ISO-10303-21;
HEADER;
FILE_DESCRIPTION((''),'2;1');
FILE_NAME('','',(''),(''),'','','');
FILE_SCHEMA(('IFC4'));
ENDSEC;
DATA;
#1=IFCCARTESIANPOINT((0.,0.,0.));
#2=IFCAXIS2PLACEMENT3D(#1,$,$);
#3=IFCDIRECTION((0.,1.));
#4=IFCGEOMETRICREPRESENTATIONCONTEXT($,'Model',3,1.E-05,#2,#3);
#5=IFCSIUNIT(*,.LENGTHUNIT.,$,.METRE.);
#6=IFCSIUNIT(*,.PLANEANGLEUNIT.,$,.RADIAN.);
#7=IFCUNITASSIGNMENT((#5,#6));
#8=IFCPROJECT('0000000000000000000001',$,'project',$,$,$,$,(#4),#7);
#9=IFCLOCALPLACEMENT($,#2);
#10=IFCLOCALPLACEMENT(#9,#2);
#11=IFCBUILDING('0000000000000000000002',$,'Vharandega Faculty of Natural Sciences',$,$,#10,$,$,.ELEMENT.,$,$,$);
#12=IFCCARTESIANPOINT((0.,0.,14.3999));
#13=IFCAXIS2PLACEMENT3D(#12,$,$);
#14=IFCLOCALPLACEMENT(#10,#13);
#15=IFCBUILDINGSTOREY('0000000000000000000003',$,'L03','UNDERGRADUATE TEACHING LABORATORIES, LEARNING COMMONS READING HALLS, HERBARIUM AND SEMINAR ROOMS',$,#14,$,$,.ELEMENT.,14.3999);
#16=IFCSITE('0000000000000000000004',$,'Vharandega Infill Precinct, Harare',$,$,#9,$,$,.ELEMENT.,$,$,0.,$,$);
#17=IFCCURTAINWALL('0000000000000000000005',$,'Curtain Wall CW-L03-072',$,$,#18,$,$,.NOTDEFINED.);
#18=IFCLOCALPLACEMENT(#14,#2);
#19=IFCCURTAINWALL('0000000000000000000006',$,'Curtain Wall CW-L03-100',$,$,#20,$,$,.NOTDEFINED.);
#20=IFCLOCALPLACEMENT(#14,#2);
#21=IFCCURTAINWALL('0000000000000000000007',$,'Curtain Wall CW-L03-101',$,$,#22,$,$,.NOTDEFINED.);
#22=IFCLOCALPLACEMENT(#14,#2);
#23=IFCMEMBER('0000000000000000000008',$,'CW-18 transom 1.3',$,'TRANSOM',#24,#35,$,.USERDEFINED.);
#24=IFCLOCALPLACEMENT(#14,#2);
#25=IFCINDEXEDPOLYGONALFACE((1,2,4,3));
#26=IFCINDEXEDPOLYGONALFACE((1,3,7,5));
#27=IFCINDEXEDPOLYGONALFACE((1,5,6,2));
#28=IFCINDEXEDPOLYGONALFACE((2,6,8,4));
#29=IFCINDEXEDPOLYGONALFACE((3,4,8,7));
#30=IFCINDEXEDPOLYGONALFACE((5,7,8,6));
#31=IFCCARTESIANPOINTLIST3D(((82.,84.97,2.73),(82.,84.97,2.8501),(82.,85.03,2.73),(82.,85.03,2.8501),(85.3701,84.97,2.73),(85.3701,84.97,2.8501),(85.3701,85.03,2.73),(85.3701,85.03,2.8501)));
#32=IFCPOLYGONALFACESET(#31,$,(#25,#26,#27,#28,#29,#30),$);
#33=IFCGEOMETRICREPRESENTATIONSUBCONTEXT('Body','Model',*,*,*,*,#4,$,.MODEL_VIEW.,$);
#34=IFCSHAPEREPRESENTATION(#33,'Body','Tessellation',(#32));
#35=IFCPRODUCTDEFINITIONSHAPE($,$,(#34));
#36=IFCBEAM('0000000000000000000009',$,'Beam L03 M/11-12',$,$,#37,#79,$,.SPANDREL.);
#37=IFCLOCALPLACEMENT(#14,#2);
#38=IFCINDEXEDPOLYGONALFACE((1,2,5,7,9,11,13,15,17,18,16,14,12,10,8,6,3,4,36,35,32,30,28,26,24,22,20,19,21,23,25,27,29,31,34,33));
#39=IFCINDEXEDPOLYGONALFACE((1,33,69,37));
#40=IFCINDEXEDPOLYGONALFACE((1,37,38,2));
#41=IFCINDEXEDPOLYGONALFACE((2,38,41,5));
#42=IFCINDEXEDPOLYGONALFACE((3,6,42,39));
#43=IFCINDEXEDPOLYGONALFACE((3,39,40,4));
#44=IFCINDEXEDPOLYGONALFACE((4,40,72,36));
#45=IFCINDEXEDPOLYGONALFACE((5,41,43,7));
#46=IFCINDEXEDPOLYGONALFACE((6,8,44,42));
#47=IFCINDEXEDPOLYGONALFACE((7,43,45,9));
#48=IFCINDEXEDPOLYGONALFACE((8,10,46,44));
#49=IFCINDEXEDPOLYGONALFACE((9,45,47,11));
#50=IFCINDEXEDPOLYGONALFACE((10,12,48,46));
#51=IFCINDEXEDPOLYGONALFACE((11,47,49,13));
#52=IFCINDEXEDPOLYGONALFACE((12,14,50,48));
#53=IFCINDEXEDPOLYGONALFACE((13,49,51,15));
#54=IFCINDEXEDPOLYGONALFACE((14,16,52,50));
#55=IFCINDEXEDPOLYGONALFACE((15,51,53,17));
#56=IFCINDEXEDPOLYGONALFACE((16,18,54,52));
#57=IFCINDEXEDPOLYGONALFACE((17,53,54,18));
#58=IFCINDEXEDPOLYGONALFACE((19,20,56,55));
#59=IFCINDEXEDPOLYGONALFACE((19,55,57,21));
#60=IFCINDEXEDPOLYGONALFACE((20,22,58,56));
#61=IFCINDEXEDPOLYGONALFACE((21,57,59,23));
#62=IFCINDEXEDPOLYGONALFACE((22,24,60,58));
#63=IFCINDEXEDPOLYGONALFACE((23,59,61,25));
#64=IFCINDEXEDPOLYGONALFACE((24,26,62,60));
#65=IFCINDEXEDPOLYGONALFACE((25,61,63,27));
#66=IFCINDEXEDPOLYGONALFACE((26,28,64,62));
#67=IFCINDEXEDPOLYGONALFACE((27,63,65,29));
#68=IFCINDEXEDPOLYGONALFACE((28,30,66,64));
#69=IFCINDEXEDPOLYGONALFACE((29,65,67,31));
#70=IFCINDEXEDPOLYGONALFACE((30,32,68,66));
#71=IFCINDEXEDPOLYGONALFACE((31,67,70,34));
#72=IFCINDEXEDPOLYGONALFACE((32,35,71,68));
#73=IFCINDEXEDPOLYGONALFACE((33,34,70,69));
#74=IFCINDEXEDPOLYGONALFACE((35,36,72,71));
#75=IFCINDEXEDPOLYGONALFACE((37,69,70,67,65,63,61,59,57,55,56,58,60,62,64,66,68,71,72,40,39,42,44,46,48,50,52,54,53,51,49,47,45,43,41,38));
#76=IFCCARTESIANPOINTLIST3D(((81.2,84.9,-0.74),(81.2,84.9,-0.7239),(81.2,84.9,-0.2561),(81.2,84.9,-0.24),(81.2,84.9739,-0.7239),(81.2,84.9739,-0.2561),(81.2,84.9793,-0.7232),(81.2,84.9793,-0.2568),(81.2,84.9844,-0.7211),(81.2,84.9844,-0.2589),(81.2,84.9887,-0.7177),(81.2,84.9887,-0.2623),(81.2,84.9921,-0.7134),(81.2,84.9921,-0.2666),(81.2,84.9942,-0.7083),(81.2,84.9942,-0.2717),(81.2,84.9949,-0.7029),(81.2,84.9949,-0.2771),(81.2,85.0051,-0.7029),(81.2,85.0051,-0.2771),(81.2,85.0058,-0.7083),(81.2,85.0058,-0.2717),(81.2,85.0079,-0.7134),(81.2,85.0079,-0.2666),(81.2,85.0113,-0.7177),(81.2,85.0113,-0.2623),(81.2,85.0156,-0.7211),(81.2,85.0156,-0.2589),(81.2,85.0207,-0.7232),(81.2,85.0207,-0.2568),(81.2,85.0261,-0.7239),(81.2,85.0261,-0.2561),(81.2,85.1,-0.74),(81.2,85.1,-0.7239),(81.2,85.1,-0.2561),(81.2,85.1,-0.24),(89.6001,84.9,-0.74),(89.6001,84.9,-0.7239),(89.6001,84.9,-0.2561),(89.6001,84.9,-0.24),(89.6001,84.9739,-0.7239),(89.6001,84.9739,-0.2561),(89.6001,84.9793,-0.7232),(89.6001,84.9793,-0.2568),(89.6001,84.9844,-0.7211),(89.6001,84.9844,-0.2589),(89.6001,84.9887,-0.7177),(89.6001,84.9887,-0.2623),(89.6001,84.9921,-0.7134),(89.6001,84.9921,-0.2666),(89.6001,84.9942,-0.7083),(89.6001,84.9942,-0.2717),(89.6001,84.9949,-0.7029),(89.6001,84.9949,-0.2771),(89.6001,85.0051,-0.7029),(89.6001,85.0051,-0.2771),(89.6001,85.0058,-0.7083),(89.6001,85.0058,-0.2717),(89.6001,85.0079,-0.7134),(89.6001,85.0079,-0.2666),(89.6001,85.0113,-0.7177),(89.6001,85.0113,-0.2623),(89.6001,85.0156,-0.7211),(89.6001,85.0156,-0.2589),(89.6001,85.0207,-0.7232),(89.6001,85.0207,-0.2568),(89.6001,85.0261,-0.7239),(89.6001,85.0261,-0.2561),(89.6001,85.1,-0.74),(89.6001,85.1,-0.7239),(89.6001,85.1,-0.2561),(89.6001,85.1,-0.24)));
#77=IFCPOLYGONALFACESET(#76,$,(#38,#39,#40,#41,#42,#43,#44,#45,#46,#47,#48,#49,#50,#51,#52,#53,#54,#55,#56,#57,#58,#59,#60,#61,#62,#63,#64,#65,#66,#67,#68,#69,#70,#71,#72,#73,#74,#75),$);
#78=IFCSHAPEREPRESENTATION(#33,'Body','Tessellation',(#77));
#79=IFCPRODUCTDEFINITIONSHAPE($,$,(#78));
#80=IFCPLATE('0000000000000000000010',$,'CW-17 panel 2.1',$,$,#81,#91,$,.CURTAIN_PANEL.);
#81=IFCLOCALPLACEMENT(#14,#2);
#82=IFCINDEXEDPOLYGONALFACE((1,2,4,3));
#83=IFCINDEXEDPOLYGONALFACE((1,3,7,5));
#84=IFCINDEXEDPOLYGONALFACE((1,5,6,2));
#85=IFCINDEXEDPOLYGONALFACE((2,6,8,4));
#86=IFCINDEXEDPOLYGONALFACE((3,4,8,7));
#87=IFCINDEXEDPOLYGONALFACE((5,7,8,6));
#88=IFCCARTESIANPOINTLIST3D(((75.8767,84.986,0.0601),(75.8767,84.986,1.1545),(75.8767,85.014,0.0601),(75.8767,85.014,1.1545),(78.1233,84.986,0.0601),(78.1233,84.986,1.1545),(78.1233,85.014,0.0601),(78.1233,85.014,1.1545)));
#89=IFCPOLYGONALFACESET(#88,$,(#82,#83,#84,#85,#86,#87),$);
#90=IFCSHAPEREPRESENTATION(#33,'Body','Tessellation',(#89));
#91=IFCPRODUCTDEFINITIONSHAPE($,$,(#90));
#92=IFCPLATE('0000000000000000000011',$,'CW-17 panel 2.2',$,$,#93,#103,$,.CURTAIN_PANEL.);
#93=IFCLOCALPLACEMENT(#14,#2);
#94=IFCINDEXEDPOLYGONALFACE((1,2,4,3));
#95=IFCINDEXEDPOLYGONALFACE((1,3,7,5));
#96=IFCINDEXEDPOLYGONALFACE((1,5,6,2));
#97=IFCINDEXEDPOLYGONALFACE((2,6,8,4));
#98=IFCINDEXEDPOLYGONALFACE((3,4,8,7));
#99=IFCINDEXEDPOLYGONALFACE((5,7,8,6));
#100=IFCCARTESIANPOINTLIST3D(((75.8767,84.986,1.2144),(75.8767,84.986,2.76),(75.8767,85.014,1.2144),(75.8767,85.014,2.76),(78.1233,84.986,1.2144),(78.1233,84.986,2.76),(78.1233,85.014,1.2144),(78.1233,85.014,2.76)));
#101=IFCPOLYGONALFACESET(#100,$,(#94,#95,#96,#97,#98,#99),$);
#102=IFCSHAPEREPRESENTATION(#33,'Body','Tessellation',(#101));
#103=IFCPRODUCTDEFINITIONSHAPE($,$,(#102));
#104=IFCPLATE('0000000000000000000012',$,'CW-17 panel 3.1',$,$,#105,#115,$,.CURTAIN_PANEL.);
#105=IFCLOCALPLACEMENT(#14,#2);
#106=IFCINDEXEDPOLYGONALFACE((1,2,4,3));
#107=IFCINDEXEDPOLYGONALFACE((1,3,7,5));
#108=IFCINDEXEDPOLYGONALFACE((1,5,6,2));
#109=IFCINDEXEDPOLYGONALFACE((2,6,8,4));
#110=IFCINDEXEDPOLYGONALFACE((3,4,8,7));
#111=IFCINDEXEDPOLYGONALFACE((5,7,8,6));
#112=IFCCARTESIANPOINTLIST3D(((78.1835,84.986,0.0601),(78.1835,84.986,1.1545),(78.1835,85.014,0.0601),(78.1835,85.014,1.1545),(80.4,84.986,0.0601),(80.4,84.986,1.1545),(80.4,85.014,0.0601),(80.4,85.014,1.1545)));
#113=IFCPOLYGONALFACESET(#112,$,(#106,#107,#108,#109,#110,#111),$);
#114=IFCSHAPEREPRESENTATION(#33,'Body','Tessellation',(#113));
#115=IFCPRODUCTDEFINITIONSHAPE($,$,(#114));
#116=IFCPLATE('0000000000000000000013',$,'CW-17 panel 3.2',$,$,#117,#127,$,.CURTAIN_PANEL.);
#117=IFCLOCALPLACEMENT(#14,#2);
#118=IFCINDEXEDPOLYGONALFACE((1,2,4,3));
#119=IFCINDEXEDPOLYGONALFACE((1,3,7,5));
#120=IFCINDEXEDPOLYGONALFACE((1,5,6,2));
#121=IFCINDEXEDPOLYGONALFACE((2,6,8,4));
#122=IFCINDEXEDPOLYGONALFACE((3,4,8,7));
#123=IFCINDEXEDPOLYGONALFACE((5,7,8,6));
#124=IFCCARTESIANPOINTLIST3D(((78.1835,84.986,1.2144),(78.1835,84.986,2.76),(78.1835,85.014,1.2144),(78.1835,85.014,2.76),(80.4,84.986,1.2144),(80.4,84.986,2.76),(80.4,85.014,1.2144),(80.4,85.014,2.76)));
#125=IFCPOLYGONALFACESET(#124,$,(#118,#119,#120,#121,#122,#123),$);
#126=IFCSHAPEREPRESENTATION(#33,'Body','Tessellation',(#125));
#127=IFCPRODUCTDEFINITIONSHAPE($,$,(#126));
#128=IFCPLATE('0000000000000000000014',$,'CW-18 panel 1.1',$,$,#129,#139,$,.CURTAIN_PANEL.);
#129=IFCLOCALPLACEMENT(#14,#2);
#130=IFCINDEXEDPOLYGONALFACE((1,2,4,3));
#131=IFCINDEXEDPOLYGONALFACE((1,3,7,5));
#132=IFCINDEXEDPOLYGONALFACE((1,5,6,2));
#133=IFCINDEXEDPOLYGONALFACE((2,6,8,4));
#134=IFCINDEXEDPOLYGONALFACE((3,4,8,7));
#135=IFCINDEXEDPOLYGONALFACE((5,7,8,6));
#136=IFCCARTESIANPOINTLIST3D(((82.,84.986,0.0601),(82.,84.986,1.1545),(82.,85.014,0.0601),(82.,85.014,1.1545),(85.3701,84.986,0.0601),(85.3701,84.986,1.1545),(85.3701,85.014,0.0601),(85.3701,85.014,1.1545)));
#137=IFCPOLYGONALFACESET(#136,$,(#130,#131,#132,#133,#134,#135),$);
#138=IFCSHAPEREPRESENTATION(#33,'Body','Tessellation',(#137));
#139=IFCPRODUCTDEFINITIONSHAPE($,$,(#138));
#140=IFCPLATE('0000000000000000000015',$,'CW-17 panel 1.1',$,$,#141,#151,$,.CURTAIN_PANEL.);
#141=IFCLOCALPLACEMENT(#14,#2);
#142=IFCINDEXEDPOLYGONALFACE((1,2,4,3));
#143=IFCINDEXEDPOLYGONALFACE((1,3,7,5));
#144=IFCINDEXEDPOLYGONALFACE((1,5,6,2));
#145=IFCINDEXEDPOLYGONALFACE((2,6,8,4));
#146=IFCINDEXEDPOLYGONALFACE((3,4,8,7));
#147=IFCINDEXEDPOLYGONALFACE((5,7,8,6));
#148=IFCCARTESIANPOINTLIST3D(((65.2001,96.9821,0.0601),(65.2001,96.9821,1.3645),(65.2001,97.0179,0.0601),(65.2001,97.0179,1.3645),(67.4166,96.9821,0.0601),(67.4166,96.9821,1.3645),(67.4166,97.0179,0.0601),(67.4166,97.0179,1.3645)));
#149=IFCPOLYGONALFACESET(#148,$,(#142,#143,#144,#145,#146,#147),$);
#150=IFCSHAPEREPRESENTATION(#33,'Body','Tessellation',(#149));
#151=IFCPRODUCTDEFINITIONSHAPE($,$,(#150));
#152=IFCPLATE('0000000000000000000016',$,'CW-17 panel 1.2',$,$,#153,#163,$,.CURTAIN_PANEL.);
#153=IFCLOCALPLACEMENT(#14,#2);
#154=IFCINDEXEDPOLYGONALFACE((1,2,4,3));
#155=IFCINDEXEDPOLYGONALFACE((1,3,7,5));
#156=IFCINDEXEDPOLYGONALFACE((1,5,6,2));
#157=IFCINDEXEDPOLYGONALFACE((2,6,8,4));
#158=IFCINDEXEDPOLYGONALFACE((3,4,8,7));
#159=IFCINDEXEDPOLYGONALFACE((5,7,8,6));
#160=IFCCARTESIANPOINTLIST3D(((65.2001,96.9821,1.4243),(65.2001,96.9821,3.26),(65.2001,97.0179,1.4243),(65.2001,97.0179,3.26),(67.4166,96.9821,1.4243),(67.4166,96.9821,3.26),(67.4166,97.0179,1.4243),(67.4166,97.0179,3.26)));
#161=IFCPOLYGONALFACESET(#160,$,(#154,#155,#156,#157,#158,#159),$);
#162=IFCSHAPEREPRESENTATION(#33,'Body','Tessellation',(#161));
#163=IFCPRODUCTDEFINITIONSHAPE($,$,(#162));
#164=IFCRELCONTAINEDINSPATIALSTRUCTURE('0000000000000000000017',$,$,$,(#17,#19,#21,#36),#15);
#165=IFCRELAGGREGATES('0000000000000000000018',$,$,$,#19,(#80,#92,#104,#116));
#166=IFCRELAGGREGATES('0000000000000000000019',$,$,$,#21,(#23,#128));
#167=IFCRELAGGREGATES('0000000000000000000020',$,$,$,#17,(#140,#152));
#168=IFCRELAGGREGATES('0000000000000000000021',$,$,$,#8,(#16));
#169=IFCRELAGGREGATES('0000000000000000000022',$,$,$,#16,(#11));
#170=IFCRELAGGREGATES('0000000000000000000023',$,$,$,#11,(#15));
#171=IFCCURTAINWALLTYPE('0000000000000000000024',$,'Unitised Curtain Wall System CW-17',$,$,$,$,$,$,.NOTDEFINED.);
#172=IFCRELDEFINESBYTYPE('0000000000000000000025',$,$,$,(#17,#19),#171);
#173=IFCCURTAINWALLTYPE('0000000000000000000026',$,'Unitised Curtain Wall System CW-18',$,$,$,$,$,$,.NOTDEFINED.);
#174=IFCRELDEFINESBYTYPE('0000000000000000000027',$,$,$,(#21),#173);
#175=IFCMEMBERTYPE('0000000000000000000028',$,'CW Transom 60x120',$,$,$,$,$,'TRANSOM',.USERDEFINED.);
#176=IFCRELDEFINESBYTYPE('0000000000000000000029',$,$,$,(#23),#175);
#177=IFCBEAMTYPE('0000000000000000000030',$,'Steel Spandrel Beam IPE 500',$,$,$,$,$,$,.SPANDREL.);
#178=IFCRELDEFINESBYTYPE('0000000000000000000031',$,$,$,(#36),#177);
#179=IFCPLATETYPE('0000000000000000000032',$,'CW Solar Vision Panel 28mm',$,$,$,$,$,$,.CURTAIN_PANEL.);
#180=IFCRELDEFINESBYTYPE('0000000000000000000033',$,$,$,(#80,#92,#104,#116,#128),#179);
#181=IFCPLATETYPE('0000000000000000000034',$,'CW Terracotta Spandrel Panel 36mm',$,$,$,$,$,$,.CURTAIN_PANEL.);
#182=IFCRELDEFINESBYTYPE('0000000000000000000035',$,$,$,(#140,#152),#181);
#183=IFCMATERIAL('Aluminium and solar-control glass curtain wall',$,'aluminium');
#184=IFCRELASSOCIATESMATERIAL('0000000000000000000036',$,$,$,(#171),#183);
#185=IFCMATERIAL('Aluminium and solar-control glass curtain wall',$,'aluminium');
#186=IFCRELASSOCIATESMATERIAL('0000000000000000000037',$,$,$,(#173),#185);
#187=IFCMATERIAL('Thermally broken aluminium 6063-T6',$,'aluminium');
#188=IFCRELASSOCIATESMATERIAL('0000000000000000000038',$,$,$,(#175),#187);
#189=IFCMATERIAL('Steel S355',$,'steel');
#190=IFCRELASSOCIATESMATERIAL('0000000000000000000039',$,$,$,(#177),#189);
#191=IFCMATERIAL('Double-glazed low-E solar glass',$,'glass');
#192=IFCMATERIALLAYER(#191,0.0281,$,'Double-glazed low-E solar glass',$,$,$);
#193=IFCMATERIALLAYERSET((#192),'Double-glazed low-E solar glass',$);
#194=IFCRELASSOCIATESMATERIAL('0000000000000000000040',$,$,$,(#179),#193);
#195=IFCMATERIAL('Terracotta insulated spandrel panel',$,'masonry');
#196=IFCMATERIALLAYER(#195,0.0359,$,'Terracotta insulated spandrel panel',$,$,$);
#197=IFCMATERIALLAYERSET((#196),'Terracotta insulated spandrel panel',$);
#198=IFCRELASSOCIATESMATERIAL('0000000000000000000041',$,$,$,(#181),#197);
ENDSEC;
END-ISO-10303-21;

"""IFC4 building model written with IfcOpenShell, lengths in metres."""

from ifc_helpers import new_model, si_unit, direction, frame, origin, origin_2d, place, context, subcontext, project, spatial, rectangle, i_section, extrude, material, layer, layer_set, material_profile, profile_set, type_object, element, aggregate, save


model = new_model("IFC4")

# Units and contexts
model_context = context("Model", 3, precision=1e-05, world=origin(), true_north=direction((0.0, 1.0)))
body_context = subcontext(model_context, "Body", "Model", "MODEL_VIEW")
ifc_project = project(units=[si_unit("LENGTHUNIT", "METRE"), si_unit("PLANEANGLEUNIT", "RADIAN")], contexts=[model_context])

# Site, building, storey
site_placement = place(None, origin())
site = spatial("IfcSite", under=ifc_project, at=site_placement, Name="Vharandega Infill Precinct, Harare", CompositionType="ELEMENT", RefElevation=0.0)
building_placement = place(site_placement, origin())
building = spatial("IfcBuilding", under=site, at=building_placement, Name="Vharandega Faculty of Natural Sciences", CompositionType="ELEMENT")
storey_placement = place(building_placement, frame((0.0, 0.0, 14.3999)))
storey = spatial("IfcBuildingStorey", under=building, at=storey_placement, Name="L03", Description="UNDERGRADUATE TEACHING LABORATORIES, LEARNING COMMONS READING HALLS, HERBARIUM AND SEMINAR ROOMS", CompositionType="ELEMENT", Elevation=14.3999)

# Curtain wall
ifc_material_1 = material(Name="Aluminium and solar-control glass curtain wall", Category="aluminium")
curtain_wall_type_1 = type_object("IfcCurtainWallType", Name="Unitised Curtain Wall System CW-17", PredefinedType="NOTDEFINED", material=ifc_material_1)
curtain_wall_1_placement = place(storey_placement, origin())
curtain_wall_1 = element("IfcCurtainWall", 1, at=curtain_wall_1_placement, inside=storey, type_object=curtain_wall_type_1, Name="Curtain Wall CW-L03-072", PredefinedType="NOTDEFINED")

# Curtain wall
curtain_wall_2_placement = place(storey_placement, origin())
curtain_wall_2 = element("IfcCurtainWall", 2, at=curtain_wall_2_placement, inside=storey, type_object=curtain_wall_type_1, Name="Curtain Wall CW-L03-100", PredefinedType="NOTDEFINED")

# Curtain wall
ifc_material_2 = material(Name="Aluminium and solar-control glass curtain wall", Category="aluminium")
curtain_wall_type_2 = type_object("IfcCurtainWallType", Name="Unitised Curtain Wall System CW-18", PredefinedType="NOTDEFINED", material=ifc_material_2)
curtain_wall_3_placement = place(storey_placement, origin())
curtain_wall_3 = element("IfcCurtainWall", 3, at=curtain_wall_3_placement, inside=storey, type_object=curtain_wall_type_2, Name="Curtain Wall CW-L03-101", PredefinedType="NOTDEFINED")

# Member
ifc_material_3 = material(Name="Thermally broken aluminium 6063-T6", Category="aluminium")
ifc_material_profile_1 = material_profile(ifc_material_3, rectangle(XDim=0.0601, YDim=0.1201, at=origin_2d()), Name="ALU 60x120")
ifc_profile_set_1 = profile_set([ifc_material_profile_1], Name="Thermally broken aluminium 6063-T6")
member_type_1 = type_object("IfcMemberType", Name="CW Transom 60x120", ElementType="TRANSOM", PredefinedType="USERDEFINED", material=ifc_profile_set_1)
member_1_placement = place(storey_placement, frame((82.0, 85.0, 2.79), z_axis=(1.0, 0.0, 0.0), x_axis=(0.0, 1.0, 0.0)))
member_1 = element("IfcMember", 4, at=member_1_placement, type_object=member_type_1, Name="CW-18 transom 1.3", ObjectType="TRANSOM", PredefinedType="USERDEFINED", context=body_context, shape_type="SweptSolid", body=[
    extrude(rectangle(XDim=0.0601, YDim=0.1201, at=origin_2d()), origin(), (0.0, 0.0, 1.0), 3.3701),
])

# Beam
ifc_material_4 = material(Name="Steel S355", Category="steel")
ifc_material_profile_2 = material_profile(ifc_material_4, i_section(OverallWidth=0.2, OverallDepth=0.5, WebThickness=0.0103, FlangeThickness=0.0161, FilletRadius=0.021, at=origin_2d()), Name="IPE 500")
ifc_profile_set_2 = profile_set([ifc_material_profile_2], Name="Steel S355")
beam_type = type_object("IfcBeamType", Name="Steel Spandrel Beam IPE 500", PredefinedType="SPANDREL", material=ifc_profile_set_2)
beam_placement = place(storey_placement, frame((81.2, 85.0, -0.49), z_axis=(1.0, 0.0, 0.0), x_axis=(0.0, 1.0, 0.0)))
element("IfcBeam", 5, at=beam_placement, inside=storey, type_object=beam_type, Name="Beam L03 M/11-12", PredefinedType="SPANDREL", context=body_context, shape_type="SweptSolid", body=[
    extrude(i_section(OverallWidth=0.2, OverallDepth=0.5, WebThickness=0.0103, FlangeThickness=0.0161, FilletRadius=0.021, at=origin_2d()), origin(), (0.0, 0.0, 1.0), 8.4001),
])

# Plates
ifc_material_5 = material(Name="Double-glazed low-E solar glass", Category="glass")
ifc_layer_1 = layer(ifc_material_5, 0.0281, Name="Double-glazed low-E solar glass")
ifc_layer_set_1 = layer_set([ifc_layer_1], Name="Double-glazed low-E solar glass")
plate_type_1 = type_object("IfcPlateType", Name="CW Solar Vision Panel 28mm", PredefinedType="CURTAIN_PANEL", material=ifc_layer_set_1)
plate_1_placement = place(storey_placement, frame((77.0, 85.0, 0.0601), z_axis=(0.0, 0.0, 1.0), x_axis=(1.0, 0.0, 0.0)))
plate_1 = element("IfcPlate", 6, at=plate_1_placement, type_object=plate_type_1, Name="CW-17 panel 2.1", PredefinedType="CURTAIN_PANEL", context=body_context, shape_type="SweptSolid", body=[
    extrude(rectangle(XDim=2.2466, YDim=0.0281, at=origin_2d()), origin(), (0.0, 0.0, 1.0), 1.0945),
])
plate_2_placement = place(storey_placement, frame((77.0, 85.0, 1.2144), z_axis=(0.0, 0.0, 1.0), x_axis=(1.0, 0.0, 0.0)))
plate_2 = element("IfcPlate", 7, at=plate_2_placement, type_object=plate_type_1, Name="CW-17 panel 2.2", PredefinedType="CURTAIN_PANEL", context=body_context, shape_type="SweptSolid", body=[
    extrude(rectangle(XDim=2.2466, YDim=0.0281, at=origin_2d()), origin(), (0.0, 0.0, 1.0), 1.5457),
])
plate_3_placement = place(storey_placement, frame((79.2917, 85.0, 0.0601), z_axis=(0.0, 0.0, 1.0), x_axis=(1.0, 0.0, 0.0)))
plate_3 = element("IfcPlate", 8, at=plate_3_placement, type_object=plate_type_1, Name="CW-17 panel 3.1", PredefinedType="CURTAIN_PANEL", context=body_context, shape_type="SweptSolid", body=[
    extrude(rectangle(XDim=2.2166, YDim=0.0281, at=origin_2d()), origin(), (0.0, 0.0, 1.0), 1.0945),
])
plate_4_placement = place(storey_placement, frame((79.2917, 85.0, 1.2144), z_axis=(0.0, 0.0, 1.0), x_axis=(1.0, 0.0, 0.0)))
plate_4 = element("IfcPlate", 9, at=plate_4_placement, type_object=plate_type_1, Name="CW-17 panel 3.2", PredefinedType="CURTAIN_PANEL", context=body_context, shape_type="SweptSolid", body=[
    extrude(rectangle(XDim=2.2166, YDim=0.0281, at=origin_2d()), origin(), (0.0, 0.0, 1.0), 1.5457),
])
aggregate(curtain_wall_2, [plate_1, plate_2, plate_3, plate_4])
plate_5_placement = place(storey_placement, frame((83.6851, 85.0, 0.0601), z_axis=(0.0, 0.0, 1.0), x_axis=(1.0, 0.0, 0.0)))
plate_5 = element("IfcPlate", 10, at=plate_5_placement, type_object=plate_type_1, Name="CW-18 panel 1.1", PredefinedType="CURTAIN_PANEL", context=body_context, shape_type="SweptSolid", body=[
    extrude(rectangle(XDim=3.3701, YDim=0.0281, at=origin_2d()), origin(), (0.0, 0.0, 1.0), 1.0945),
])
aggregate(curtain_wall_3, [member_1, plate_5])
ifc_material_6 = material(Name="Terracotta insulated spandrel panel", Category="masonry")
ifc_layer_2 = layer(ifc_material_6, 0.0359, Name="Terracotta insulated spandrel panel")
ifc_layer_set_2 = layer_set([ifc_layer_2], Name="Terracotta insulated spandrel panel")
plate_type_2 = type_object("IfcPlateType", Name="CW Terracotta Spandrel Panel 36mm", PredefinedType="CURTAIN_PANEL", material=ifc_layer_set_2)
plate_6_placement = place(storey_placement, frame((66.3083, 97.0, 0.0601), z_axis=(0.0, 0.0, 1.0), x_axis=(1.0, 0.0, 0.0)))
plate_6 = element("IfcPlate", 11, at=plate_6_placement, type_object=plate_type_2, Name="CW-17 panel 1.1", PredefinedType="CURTAIN_PANEL", context=body_context, shape_type="SweptSolid", body=[
    extrude(rectangle(XDim=2.2166, YDim=0.0359, at=origin_2d()), origin(), (0.0, 0.0, 1.0), 1.3044),
])
plate_7_placement = place(storey_placement, frame((66.3083, 97.0, 1.4243), z_axis=(0.0, 0.0, 1.0), x_axis=(1.0, 0.0, 0.0)))
plate_7 = element("IfcPlate", 12, at=plate_7_placement, type_object=plate_type_2, Name="CW-17 panel 1.2", PredefinedType="CURTAIN_PANEL", context=body_context, shape_type="SweptSolid", body=[
    extrude(rectangle(XDim=2.2166, YDim=0.0359, at=origin_2d()), origin(), (0.0, 0.0, 1.0), 1.8357),
])
aggregate(curtain_wall_1, [plate_6, plate_7])

save(model, "model.ifc")
